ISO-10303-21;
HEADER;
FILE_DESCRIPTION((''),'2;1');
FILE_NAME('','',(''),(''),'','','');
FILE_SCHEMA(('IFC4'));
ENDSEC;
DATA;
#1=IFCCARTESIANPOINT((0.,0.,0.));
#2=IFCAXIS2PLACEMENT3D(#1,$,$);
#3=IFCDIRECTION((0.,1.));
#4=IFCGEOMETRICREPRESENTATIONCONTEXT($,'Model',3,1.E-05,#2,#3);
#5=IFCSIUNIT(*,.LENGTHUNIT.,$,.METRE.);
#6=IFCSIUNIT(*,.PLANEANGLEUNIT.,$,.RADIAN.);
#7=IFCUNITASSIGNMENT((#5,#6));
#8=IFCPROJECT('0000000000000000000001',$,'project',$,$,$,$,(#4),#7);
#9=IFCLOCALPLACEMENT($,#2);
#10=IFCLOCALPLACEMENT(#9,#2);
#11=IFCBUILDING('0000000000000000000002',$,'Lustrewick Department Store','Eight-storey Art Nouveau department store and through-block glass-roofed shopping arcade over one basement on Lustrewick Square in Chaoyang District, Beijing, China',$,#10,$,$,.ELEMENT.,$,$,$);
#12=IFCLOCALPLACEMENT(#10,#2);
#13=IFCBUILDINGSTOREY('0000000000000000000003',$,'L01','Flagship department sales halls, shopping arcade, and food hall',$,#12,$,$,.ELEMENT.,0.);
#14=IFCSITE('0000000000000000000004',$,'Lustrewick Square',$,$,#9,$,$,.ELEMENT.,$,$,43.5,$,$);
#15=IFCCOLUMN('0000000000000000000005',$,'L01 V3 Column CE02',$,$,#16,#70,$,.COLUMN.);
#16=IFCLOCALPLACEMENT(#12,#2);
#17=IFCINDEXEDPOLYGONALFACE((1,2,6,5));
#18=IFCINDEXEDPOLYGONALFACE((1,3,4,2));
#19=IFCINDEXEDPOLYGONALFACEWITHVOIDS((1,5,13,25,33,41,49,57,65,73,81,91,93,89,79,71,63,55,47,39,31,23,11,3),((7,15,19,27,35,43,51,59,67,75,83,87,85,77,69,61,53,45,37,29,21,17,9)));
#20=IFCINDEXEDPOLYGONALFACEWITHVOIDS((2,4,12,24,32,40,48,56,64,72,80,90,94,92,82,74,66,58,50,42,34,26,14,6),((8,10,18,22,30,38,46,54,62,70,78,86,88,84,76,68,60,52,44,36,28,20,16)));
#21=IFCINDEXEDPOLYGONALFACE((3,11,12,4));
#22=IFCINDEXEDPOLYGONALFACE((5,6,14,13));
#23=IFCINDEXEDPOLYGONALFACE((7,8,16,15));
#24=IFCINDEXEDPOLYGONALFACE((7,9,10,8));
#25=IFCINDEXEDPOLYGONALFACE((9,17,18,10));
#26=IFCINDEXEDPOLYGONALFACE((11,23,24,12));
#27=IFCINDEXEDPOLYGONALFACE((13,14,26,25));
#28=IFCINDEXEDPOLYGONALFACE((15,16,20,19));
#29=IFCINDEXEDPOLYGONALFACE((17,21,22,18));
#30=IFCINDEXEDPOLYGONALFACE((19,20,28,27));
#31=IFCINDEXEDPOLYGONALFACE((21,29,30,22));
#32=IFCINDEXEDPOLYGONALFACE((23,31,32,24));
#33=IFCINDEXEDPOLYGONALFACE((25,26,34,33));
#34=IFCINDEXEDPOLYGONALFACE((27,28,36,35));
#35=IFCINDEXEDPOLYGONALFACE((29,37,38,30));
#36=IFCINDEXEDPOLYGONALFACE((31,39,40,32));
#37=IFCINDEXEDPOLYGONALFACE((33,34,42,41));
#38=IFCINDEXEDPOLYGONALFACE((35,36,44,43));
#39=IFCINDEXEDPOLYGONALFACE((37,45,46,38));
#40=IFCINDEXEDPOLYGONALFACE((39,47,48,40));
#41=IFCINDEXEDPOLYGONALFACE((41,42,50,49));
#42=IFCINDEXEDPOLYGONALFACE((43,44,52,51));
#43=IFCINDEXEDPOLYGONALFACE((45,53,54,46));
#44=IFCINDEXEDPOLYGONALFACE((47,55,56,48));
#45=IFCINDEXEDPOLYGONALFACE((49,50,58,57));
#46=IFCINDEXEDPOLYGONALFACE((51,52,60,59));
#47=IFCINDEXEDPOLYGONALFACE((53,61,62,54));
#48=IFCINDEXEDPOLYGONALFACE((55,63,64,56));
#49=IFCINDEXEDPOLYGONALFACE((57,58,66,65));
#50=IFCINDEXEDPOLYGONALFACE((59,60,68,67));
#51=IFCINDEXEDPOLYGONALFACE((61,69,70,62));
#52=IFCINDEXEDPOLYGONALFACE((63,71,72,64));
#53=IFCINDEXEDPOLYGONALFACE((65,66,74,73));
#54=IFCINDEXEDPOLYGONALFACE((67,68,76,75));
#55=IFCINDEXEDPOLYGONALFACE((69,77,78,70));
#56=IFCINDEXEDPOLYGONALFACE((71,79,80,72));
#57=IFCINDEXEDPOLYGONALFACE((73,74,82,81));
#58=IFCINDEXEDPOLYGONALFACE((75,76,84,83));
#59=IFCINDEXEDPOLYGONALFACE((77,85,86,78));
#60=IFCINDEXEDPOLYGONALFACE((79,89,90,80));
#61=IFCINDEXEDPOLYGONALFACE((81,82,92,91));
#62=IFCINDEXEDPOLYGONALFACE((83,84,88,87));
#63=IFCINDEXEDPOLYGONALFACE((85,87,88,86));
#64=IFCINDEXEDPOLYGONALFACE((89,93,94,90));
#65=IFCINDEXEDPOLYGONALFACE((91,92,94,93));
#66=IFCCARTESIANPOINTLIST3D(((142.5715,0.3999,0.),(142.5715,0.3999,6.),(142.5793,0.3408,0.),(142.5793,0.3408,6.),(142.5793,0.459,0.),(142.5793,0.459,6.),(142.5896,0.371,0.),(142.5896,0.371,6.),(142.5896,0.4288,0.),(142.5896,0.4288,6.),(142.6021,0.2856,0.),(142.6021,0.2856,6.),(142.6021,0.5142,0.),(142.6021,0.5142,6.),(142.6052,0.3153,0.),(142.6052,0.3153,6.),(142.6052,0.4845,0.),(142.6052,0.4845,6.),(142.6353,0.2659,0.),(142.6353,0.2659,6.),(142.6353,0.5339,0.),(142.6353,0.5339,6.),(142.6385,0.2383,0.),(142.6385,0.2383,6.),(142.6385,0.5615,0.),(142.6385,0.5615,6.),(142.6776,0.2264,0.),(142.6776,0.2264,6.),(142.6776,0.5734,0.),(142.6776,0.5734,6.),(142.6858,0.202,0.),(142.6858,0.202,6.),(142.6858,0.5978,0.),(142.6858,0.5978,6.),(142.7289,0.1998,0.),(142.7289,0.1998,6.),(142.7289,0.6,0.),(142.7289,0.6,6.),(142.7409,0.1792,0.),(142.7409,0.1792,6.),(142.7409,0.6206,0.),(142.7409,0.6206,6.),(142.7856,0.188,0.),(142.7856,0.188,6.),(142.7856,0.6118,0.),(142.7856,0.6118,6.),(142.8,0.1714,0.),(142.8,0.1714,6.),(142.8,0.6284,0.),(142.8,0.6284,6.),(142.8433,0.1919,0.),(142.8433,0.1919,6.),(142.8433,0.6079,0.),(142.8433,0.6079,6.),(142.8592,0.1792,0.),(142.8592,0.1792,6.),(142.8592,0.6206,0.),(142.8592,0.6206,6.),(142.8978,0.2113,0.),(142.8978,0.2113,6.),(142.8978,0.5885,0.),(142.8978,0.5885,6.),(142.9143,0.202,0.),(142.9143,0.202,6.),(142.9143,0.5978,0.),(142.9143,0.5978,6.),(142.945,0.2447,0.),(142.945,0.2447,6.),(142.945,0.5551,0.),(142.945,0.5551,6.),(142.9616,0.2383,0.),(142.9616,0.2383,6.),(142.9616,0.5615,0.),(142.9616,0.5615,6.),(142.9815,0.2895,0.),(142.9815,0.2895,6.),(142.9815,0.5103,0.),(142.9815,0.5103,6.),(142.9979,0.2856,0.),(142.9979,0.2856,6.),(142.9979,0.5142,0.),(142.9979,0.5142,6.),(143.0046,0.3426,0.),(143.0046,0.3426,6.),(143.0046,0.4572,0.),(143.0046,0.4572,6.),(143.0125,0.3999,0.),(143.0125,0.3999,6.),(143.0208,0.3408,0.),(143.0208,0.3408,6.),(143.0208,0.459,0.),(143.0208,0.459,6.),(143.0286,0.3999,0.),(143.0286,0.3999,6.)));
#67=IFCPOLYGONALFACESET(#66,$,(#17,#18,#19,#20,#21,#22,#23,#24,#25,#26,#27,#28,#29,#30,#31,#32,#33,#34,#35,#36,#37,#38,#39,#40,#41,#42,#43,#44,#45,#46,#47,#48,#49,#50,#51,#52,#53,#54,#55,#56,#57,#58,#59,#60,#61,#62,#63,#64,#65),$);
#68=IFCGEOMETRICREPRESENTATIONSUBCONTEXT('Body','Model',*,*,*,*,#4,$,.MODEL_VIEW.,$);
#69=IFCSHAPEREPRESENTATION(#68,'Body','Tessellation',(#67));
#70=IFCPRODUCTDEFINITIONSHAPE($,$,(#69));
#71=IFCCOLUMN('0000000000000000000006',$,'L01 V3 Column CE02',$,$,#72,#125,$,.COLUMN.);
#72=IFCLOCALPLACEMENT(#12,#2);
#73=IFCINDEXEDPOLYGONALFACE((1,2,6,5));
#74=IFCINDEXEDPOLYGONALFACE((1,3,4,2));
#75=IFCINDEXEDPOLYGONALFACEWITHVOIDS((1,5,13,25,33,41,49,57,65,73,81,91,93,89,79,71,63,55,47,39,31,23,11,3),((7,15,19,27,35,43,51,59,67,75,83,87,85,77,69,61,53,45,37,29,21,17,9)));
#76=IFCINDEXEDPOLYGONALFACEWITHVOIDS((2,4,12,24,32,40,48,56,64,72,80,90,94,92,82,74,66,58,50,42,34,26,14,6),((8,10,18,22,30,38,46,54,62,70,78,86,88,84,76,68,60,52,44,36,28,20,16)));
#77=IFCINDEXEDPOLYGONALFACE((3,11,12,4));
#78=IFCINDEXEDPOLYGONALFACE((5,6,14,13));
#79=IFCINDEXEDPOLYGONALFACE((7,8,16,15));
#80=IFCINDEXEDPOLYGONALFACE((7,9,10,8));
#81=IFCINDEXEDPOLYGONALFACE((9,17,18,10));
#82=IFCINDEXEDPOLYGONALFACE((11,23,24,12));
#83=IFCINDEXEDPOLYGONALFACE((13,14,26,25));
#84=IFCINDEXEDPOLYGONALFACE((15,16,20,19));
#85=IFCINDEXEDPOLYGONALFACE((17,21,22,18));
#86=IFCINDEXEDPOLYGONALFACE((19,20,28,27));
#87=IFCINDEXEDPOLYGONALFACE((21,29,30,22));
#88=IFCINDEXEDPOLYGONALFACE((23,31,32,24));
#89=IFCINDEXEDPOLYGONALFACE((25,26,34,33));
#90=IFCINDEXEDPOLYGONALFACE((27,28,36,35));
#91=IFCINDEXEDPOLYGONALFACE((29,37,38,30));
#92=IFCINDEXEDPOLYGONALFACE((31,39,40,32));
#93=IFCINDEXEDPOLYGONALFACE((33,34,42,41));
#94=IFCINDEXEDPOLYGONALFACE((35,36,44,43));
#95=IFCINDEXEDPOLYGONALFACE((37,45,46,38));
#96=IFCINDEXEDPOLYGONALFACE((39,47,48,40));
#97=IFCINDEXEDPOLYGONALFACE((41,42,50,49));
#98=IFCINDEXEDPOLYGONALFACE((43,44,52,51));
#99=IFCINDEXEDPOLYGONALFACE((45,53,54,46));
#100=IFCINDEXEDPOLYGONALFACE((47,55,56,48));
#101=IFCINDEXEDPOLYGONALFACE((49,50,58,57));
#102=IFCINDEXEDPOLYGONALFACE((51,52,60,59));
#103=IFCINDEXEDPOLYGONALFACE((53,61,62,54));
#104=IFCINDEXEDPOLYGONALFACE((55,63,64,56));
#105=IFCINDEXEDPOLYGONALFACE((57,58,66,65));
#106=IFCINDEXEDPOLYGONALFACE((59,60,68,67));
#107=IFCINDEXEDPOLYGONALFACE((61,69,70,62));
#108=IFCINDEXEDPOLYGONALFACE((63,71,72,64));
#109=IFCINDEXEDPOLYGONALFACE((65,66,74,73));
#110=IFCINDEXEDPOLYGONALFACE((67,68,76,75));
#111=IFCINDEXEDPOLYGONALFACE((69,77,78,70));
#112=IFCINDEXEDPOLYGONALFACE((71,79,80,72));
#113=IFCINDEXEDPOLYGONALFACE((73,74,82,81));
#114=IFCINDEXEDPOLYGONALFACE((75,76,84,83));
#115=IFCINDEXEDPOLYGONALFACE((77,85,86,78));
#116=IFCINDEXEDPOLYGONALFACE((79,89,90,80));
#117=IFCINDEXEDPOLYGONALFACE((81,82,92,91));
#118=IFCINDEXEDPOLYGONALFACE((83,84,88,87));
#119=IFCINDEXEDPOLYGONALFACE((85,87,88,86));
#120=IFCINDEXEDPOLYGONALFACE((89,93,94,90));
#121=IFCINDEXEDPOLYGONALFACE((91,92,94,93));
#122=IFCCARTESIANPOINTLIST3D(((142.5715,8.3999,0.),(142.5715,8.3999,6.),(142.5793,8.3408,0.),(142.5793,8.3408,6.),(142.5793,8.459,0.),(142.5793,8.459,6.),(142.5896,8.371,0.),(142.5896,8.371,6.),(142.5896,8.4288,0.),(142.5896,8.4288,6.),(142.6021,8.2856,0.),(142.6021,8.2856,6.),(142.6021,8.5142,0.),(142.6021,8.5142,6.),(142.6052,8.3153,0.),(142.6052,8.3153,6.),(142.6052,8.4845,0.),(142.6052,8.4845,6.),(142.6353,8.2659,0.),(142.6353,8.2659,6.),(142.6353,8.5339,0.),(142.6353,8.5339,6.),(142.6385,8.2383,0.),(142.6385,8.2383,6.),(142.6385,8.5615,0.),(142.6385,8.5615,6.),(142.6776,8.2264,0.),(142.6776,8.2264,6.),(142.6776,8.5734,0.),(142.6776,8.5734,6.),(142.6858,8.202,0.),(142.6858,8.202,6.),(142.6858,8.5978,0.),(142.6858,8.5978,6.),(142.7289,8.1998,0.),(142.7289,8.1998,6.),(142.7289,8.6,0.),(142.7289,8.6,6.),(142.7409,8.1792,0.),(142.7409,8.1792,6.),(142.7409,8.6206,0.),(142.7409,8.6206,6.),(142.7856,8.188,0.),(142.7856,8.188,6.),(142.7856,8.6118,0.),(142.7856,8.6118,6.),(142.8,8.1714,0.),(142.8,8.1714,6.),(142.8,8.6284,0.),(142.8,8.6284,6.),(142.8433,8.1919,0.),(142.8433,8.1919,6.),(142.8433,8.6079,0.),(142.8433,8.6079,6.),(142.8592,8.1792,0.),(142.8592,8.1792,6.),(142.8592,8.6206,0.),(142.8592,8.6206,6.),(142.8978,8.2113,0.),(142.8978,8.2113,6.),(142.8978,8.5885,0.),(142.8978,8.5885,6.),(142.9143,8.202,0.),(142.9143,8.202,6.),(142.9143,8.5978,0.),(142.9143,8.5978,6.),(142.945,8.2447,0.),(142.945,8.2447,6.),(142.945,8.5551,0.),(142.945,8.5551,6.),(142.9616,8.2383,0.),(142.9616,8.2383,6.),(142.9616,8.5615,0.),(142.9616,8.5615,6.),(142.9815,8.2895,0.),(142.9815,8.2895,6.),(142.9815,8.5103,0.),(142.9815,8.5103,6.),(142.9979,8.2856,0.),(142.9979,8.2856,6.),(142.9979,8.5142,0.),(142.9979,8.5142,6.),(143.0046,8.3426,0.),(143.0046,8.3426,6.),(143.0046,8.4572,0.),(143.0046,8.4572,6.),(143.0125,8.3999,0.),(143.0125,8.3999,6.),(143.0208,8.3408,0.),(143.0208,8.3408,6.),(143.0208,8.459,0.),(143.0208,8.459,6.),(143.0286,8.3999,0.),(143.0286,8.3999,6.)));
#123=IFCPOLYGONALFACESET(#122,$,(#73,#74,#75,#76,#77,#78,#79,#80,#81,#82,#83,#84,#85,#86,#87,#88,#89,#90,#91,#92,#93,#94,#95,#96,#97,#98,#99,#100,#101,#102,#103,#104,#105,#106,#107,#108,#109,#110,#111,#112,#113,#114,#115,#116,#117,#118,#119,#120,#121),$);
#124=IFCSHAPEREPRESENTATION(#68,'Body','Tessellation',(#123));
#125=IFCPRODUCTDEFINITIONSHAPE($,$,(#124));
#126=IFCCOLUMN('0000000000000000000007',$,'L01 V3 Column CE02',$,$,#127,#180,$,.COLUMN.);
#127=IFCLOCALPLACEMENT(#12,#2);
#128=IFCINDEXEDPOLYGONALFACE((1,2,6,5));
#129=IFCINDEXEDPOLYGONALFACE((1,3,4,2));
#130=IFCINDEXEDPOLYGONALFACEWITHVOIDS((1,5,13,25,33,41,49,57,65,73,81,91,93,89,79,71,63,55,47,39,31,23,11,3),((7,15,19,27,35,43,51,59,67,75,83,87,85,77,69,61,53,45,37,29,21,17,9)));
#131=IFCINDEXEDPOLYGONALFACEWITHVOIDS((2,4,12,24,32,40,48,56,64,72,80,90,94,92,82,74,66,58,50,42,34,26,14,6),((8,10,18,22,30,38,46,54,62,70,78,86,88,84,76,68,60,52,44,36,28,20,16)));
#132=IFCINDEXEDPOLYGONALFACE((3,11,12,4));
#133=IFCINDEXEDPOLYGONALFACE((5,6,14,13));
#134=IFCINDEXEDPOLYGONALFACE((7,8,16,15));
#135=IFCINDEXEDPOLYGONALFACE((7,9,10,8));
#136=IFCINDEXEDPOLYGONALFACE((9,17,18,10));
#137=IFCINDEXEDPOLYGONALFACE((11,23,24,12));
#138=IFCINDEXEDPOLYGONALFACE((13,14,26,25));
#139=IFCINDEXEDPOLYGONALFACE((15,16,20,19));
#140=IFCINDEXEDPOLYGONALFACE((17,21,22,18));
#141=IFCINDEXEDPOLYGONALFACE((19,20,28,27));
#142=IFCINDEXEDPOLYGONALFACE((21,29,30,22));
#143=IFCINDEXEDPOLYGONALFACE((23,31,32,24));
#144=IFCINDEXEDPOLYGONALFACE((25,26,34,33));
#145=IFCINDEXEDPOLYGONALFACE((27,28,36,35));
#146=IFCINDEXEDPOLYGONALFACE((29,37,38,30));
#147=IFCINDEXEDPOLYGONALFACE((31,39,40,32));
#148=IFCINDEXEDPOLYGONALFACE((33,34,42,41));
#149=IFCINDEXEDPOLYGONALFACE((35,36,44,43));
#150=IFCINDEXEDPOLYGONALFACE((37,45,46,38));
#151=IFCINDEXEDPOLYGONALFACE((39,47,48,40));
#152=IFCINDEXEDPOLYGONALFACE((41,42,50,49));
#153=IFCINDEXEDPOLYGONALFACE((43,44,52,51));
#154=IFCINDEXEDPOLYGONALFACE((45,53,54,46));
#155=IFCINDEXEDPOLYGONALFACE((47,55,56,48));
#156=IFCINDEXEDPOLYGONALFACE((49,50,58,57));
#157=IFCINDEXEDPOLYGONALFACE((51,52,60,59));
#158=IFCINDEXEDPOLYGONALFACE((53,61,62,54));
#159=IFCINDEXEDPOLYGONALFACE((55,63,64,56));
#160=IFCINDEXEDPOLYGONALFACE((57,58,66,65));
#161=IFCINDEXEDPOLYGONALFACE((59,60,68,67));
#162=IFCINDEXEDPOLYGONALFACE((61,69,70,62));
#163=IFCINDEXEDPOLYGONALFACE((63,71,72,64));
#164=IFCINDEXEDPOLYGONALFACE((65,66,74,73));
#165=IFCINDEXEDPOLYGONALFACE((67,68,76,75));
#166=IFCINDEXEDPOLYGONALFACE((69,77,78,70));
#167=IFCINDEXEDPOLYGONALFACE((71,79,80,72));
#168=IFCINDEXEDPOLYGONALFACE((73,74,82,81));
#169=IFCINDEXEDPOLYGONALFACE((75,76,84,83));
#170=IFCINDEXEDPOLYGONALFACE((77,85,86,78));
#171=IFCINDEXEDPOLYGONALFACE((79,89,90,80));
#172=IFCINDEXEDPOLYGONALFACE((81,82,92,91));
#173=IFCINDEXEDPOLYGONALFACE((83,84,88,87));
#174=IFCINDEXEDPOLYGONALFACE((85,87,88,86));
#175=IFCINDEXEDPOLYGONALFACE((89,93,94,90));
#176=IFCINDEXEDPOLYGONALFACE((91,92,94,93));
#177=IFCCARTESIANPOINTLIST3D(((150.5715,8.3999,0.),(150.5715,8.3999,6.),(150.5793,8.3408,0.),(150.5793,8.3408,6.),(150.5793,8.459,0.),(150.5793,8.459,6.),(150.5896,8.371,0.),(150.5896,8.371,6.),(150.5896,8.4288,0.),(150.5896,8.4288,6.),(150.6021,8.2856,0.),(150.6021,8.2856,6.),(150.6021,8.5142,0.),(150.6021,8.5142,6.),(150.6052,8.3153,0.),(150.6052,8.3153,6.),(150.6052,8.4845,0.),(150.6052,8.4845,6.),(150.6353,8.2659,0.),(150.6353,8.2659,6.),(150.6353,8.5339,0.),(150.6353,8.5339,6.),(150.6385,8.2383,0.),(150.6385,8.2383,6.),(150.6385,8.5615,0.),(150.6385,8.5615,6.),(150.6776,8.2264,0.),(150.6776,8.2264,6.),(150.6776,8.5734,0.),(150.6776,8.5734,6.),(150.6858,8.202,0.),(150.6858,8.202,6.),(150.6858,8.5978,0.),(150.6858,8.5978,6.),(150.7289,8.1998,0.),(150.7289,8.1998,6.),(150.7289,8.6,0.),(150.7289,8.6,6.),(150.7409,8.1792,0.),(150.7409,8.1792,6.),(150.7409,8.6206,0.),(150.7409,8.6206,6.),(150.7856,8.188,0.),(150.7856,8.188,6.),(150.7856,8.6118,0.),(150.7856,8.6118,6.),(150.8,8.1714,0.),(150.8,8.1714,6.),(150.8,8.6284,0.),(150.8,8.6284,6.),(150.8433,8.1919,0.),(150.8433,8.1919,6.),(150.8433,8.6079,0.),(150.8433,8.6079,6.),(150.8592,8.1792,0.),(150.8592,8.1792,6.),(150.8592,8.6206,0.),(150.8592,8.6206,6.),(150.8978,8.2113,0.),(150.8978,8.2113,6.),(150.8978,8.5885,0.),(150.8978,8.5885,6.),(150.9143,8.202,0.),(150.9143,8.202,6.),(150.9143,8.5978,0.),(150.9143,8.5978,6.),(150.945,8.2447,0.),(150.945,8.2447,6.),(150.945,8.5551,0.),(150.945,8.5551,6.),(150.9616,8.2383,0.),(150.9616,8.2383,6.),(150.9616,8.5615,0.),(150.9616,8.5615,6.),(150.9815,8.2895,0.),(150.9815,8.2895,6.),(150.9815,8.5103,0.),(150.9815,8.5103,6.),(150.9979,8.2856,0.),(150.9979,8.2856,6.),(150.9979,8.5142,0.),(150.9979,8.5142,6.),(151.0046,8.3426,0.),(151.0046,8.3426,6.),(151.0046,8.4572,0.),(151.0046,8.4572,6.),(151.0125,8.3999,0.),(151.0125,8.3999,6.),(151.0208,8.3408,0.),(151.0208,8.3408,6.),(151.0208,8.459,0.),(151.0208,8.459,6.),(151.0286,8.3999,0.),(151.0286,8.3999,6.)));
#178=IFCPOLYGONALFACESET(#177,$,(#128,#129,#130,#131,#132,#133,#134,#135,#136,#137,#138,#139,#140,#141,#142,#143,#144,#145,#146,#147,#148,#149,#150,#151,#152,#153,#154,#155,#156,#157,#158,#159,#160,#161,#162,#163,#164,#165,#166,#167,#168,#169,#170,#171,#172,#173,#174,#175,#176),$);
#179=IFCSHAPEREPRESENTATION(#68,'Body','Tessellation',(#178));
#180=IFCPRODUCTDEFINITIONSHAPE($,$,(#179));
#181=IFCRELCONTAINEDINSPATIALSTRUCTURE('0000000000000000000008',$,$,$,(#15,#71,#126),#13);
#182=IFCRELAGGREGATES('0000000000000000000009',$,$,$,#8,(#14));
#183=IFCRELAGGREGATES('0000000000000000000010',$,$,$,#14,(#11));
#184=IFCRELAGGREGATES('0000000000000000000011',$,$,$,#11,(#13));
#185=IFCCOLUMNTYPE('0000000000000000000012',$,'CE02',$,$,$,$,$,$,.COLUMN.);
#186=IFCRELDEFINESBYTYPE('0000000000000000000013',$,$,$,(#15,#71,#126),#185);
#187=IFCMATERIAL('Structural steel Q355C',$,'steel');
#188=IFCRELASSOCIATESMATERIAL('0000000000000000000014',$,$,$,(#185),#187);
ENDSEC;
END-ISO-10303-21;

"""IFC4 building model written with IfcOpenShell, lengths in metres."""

from ifc_helpers import new_model, si_unit, direction, frame, origin, origin_2d, place, context, subcontext, project, spatial, hollow_circle, extrude, material, material_profile, profile_set, type_object, element, save


model = new_model("IFC4")

# Units and contexts
model_context = context("Model", 3, precision=1e-05, world=origin(), true_north=direction((0.0, 1.0)))
body_context = subcontext(model_context, "Body", "Model", "MODEL_VIEW")
ifc_project = project(units=[si_unit("LENGTHUNIT", "METRE"), si_unit("PLANEANGLEUNIT", "RADIAN")], contexts=[model_context])

# Site, building, storey
site_placement = place(None, origin())
site = spatial("IfcSite", under=ifc_project, at=site_placement, Name="Lustrewick Square", CompositionType="ELEMENT", RefElevation=43.5)
building_placement = place(site_placement, origin())
building = spatial("IfcBuilding", under=site, at=building_placement, Name="Lustrewick Department Store", Description="Eight-storey Art Nouveau department store and through-block glass-roofed shopping arcade over one basement on Lustrewick Square in Chaoyang District, Beijing, China", CompositionType="ELEMENT")
storey_placement = place(building_placement, origin())
storey = spatial("IfcBuildingStorey", under=building, at=storey_placement, Name="L01", Description="Flagship department sales halls, shopping arcade, and food hall", CompositionType="ELEMENT", Elevation=0.0)

# Columns
ifc_material_1 = material(Name="Structural steel Q355C", Category="steel")
ifc_material_profile_1 = material_profile(ifc_material_1, hollow_circle(Radius=0.2285, WallThickness=0.0161, at=origin_2d()), Name="CHS 457x16")
ifc_profile_set_1 = profile_set([ifc_material_profile_1], Name="Structural steel Q355C")
column_type = type_object("IfcColumnType", Name="CE02", PredefinedType="COLUMN", material=ifc_profile_set_1)
for number, where, z_axis, x_axis, name in (
    (1, (142.8, 0.3999, 0.0), (0.0, 0.0, 1.0), (1.0, 0.0, 0.0), "L01 V3 Column CE02"),
    (2, (142.8, 8.3999, 0.0), (0.0, 0.0, 1.0), (1.0, 0.0, 0.0), "L01 V3 Column CE02"),
    (3, (150.8, 8.3999, 0.0), (0.0, 0.0, 1.0), (1.0, 0.0, 0.0), "L01 V3 Column CE02"),
):
    element("IfcColumn", number, at=place(storey_placement, frame(where, z_axis=z_axis, x_axis=x_axis)), inside=storey, type_object=column_type, Name=name, PredefinedType="COLUMN", context=body_context, shape_type="SweptSolid", body=[
        extrude(hollow_circle(Radius=0.2285, WallThickness=0.0161, at=origin_2d()), origin(), (0.0, 0.0, 1.0), 6.0),
    ])

save(model, "model.ifc")
